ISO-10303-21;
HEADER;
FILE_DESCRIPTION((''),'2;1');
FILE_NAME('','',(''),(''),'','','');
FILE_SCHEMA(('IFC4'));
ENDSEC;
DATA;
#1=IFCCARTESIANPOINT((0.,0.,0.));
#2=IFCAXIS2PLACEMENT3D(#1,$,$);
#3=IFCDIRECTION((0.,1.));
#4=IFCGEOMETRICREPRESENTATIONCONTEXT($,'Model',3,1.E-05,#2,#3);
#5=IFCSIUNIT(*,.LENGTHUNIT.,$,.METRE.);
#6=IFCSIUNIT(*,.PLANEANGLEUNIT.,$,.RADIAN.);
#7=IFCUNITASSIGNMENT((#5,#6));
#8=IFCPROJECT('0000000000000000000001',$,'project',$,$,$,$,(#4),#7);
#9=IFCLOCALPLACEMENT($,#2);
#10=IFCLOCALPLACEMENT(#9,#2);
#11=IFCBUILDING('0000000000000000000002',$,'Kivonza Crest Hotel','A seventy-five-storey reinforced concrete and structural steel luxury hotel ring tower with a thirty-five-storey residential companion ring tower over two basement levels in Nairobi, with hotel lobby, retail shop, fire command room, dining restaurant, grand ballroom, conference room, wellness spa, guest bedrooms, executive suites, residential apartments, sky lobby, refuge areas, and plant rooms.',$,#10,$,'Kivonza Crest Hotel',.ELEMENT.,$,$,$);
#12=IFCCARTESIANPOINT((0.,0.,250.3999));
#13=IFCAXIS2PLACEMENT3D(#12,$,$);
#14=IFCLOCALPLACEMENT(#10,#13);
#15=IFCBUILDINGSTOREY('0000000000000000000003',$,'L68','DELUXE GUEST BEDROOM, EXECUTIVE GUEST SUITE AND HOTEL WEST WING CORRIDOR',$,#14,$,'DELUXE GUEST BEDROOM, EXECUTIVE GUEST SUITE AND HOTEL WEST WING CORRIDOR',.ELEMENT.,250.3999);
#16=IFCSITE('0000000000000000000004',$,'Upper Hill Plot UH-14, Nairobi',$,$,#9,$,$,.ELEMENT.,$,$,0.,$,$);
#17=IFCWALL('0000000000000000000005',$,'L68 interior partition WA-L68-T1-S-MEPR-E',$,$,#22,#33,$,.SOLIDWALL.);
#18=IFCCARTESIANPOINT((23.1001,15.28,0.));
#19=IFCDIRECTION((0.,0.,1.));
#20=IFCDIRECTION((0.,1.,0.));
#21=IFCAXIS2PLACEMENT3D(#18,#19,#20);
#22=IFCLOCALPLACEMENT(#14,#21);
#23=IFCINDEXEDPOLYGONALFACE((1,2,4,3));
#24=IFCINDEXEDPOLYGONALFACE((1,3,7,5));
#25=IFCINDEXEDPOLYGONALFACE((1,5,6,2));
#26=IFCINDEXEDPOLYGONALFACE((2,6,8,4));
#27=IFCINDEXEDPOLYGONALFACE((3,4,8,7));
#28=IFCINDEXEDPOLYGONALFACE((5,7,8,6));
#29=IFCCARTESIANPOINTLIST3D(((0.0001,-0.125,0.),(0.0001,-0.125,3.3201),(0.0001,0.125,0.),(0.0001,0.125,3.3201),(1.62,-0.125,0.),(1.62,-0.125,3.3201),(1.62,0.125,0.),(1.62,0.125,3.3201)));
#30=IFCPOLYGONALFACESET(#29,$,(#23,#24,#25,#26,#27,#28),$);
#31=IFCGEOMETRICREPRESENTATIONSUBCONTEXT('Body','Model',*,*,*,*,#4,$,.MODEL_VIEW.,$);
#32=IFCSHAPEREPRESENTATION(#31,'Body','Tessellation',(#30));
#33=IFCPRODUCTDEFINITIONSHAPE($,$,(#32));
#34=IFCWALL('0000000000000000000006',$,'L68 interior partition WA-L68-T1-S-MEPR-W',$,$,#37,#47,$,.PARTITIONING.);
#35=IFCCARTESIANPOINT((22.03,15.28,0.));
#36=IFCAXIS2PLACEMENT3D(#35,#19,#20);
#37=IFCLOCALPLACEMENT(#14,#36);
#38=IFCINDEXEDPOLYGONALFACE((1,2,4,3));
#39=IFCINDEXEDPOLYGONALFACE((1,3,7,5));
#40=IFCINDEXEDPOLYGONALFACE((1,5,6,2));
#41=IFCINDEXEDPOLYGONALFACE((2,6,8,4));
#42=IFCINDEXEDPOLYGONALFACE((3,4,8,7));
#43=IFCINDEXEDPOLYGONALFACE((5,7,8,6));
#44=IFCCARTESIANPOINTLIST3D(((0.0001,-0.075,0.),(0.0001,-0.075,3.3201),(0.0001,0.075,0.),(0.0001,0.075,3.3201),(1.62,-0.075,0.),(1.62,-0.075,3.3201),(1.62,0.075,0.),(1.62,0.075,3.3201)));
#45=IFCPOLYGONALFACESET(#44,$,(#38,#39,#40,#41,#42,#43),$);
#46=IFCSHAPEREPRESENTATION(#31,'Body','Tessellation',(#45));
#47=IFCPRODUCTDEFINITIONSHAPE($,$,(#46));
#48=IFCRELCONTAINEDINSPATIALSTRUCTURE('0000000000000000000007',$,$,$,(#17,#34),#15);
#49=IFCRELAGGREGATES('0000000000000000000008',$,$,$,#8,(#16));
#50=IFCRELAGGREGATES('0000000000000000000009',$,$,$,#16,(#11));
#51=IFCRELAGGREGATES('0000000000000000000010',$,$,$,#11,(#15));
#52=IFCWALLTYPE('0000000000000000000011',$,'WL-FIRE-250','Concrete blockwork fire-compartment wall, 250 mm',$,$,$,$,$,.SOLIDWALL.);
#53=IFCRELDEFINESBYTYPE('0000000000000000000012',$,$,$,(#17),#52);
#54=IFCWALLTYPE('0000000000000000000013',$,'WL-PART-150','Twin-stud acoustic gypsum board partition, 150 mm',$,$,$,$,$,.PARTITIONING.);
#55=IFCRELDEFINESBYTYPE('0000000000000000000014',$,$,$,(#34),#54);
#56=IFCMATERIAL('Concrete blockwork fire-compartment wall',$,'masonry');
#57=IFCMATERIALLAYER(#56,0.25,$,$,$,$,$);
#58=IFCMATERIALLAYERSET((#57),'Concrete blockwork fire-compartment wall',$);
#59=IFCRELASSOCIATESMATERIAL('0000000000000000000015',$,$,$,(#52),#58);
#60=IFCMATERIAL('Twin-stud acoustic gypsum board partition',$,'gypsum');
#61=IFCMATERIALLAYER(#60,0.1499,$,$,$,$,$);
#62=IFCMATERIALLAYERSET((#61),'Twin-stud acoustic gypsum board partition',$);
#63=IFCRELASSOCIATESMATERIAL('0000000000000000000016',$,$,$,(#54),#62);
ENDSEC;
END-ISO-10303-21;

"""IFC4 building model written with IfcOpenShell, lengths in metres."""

from ifc_helpers import new_model, si_unit, direction, frame, frame_2d, origin, place, context, subcontext, project, spatial, rectangle, extrude, material, layer, layer_set, type_object, element, save


model = new_model("IFC4")

# Units and contexts
model_context = context("Model", 3, precision=1e-05, world=origin(), true_north=direction((0.0, 1.0)))
body_context = subcontext(model_context, "Body", "Model", "MODEL_VIEW")
ifc_project = project(units=[si_unit("LENGTHUNIT", "METRE"), si_unit("PLANEANGLEUNIT", "RADIAN")], contexts=[model_context])

# Site, building, storey
site_placement = place(None, origin())
site = spatial("IfcSite", under=ifc_project, at=site_placement, Name="Upper Hill Plot UH-14, Nairobi", CompositionType="ELEMENT", RefElevation=0.0)
building_placement = place(site_placement, origin())
building = spatial("IfcBuilding", under=site, at=building_placement, Name="Kivonza Crest Hotel", Description="A seventy-five-storey reinforced concrete and structural steel luxury hotel ring tower with a thirty-five-storey residential companion ring tower over two basement levels in Nairobi, with hotel lobby, retail shop, fire command room, dining restaurant, grand ballroom, conference room, wellness spa, guest bedrooms, executive suites, residential apartments, sky lobby, refuge areas, and plant rooms.", LongName="Kivonza Crest Hotel", CompositionType="ELEMENT")
storey_placement = place(building_placement, frame((0.0, 0.0, 250.3999)))
storey = spatial("IfcBuildingStorey", under=building, at=storey_placement, Name="L68", Description="DELUXE GUEST BEDROOM, EXECUTIVE GUEST SUITE AND HOTEL WEST WING CORRIDOR", LongName="DELUXE GUEST BEDROOM, EXECUTIVE GUEST SUITE AND HOTEL WEST WING CORRIDOR", CompositionType="ELEMENT", Elevation=250.3999)

# Walls
ifc_material_1 = material(Name="Concrete blockwork fire-compartment wall", Category="masonry")
ifc_layer_1 = layer(ifc_material_1, 0.25)
ifc_layer_set_1 = layer_set([ifc_layer_1], Name="Concrete blockwork fire-compartment wall")
wall_type_1 = type_object("IfcWallType", Name="WL-FIRE-250", Description="Concrete blockwork fire-compartment wall, 250 mm", PredefinedType="SOLIDWALL", material=ifc_layer_set_1)
wall_1_placement = place(storey_placement, frame((23.1001, 15.28, 0.0), z_axis=(0.0, 0.0, 1.0), x_axis=(0.0, 1.0, 0.0)))
element("IfcWall", 1, at=wall_1_placement, inside=storey, type_object=wall_type_1, Name="L68 interior partition WA-L68-T1-S-MEPR-E", PredefinedType="SOLIDWALL", context=body_context, shape_type="SweptSolid", body=[
    extrude(rectangle(XDim=1.6199, YDim=0.25, at=frame_2d((0.8101, 0.0))), origin(), (0.0, 0.0, 1.0), 3.3201),
])
ifc_material_2 = material(Name="Twin-stud acoustic gypsum board partition", Category="gypsum")
ifc_layer_2 = layer(ifc_material_2, 0.1499)
ifc_layer_set_2 = layer_set([ifc_layer_2], Name="Twin-stud acoustic gypsum board partition")
wall_type_2 = type_object("IfcWallType", Name="WL-PART-150", Description="Twin-stud acoustic gypsum board partition, 150 mm", PredefinedType="PARTITIONING", material=ifc_layer_set_2)
wall_2_placement = place(storey_placement, frame((22.03, 15.28, 0.0), z_axis=(0.0, 0.0, 1.0), x_axis=(0.0, 1.0, 0.0)))
element("IfcWall", 2, at=wall_2_placement, inside=storey, type_object=wall_type_2, Name="L68 interior partition WA-L68-T1-S-MEPR-W", PredefinedType="PARTITIONING", context=body_context, shape_type="SweptSolid", body=[
    extrude(rectangle(XDim=1.6199, YDim=0.1499, at=frame_2d((0.8101, 0.0))), origin(), (0.0, 0.0, 1.0), 3.3201),
])

save(model, "model.ifc")
